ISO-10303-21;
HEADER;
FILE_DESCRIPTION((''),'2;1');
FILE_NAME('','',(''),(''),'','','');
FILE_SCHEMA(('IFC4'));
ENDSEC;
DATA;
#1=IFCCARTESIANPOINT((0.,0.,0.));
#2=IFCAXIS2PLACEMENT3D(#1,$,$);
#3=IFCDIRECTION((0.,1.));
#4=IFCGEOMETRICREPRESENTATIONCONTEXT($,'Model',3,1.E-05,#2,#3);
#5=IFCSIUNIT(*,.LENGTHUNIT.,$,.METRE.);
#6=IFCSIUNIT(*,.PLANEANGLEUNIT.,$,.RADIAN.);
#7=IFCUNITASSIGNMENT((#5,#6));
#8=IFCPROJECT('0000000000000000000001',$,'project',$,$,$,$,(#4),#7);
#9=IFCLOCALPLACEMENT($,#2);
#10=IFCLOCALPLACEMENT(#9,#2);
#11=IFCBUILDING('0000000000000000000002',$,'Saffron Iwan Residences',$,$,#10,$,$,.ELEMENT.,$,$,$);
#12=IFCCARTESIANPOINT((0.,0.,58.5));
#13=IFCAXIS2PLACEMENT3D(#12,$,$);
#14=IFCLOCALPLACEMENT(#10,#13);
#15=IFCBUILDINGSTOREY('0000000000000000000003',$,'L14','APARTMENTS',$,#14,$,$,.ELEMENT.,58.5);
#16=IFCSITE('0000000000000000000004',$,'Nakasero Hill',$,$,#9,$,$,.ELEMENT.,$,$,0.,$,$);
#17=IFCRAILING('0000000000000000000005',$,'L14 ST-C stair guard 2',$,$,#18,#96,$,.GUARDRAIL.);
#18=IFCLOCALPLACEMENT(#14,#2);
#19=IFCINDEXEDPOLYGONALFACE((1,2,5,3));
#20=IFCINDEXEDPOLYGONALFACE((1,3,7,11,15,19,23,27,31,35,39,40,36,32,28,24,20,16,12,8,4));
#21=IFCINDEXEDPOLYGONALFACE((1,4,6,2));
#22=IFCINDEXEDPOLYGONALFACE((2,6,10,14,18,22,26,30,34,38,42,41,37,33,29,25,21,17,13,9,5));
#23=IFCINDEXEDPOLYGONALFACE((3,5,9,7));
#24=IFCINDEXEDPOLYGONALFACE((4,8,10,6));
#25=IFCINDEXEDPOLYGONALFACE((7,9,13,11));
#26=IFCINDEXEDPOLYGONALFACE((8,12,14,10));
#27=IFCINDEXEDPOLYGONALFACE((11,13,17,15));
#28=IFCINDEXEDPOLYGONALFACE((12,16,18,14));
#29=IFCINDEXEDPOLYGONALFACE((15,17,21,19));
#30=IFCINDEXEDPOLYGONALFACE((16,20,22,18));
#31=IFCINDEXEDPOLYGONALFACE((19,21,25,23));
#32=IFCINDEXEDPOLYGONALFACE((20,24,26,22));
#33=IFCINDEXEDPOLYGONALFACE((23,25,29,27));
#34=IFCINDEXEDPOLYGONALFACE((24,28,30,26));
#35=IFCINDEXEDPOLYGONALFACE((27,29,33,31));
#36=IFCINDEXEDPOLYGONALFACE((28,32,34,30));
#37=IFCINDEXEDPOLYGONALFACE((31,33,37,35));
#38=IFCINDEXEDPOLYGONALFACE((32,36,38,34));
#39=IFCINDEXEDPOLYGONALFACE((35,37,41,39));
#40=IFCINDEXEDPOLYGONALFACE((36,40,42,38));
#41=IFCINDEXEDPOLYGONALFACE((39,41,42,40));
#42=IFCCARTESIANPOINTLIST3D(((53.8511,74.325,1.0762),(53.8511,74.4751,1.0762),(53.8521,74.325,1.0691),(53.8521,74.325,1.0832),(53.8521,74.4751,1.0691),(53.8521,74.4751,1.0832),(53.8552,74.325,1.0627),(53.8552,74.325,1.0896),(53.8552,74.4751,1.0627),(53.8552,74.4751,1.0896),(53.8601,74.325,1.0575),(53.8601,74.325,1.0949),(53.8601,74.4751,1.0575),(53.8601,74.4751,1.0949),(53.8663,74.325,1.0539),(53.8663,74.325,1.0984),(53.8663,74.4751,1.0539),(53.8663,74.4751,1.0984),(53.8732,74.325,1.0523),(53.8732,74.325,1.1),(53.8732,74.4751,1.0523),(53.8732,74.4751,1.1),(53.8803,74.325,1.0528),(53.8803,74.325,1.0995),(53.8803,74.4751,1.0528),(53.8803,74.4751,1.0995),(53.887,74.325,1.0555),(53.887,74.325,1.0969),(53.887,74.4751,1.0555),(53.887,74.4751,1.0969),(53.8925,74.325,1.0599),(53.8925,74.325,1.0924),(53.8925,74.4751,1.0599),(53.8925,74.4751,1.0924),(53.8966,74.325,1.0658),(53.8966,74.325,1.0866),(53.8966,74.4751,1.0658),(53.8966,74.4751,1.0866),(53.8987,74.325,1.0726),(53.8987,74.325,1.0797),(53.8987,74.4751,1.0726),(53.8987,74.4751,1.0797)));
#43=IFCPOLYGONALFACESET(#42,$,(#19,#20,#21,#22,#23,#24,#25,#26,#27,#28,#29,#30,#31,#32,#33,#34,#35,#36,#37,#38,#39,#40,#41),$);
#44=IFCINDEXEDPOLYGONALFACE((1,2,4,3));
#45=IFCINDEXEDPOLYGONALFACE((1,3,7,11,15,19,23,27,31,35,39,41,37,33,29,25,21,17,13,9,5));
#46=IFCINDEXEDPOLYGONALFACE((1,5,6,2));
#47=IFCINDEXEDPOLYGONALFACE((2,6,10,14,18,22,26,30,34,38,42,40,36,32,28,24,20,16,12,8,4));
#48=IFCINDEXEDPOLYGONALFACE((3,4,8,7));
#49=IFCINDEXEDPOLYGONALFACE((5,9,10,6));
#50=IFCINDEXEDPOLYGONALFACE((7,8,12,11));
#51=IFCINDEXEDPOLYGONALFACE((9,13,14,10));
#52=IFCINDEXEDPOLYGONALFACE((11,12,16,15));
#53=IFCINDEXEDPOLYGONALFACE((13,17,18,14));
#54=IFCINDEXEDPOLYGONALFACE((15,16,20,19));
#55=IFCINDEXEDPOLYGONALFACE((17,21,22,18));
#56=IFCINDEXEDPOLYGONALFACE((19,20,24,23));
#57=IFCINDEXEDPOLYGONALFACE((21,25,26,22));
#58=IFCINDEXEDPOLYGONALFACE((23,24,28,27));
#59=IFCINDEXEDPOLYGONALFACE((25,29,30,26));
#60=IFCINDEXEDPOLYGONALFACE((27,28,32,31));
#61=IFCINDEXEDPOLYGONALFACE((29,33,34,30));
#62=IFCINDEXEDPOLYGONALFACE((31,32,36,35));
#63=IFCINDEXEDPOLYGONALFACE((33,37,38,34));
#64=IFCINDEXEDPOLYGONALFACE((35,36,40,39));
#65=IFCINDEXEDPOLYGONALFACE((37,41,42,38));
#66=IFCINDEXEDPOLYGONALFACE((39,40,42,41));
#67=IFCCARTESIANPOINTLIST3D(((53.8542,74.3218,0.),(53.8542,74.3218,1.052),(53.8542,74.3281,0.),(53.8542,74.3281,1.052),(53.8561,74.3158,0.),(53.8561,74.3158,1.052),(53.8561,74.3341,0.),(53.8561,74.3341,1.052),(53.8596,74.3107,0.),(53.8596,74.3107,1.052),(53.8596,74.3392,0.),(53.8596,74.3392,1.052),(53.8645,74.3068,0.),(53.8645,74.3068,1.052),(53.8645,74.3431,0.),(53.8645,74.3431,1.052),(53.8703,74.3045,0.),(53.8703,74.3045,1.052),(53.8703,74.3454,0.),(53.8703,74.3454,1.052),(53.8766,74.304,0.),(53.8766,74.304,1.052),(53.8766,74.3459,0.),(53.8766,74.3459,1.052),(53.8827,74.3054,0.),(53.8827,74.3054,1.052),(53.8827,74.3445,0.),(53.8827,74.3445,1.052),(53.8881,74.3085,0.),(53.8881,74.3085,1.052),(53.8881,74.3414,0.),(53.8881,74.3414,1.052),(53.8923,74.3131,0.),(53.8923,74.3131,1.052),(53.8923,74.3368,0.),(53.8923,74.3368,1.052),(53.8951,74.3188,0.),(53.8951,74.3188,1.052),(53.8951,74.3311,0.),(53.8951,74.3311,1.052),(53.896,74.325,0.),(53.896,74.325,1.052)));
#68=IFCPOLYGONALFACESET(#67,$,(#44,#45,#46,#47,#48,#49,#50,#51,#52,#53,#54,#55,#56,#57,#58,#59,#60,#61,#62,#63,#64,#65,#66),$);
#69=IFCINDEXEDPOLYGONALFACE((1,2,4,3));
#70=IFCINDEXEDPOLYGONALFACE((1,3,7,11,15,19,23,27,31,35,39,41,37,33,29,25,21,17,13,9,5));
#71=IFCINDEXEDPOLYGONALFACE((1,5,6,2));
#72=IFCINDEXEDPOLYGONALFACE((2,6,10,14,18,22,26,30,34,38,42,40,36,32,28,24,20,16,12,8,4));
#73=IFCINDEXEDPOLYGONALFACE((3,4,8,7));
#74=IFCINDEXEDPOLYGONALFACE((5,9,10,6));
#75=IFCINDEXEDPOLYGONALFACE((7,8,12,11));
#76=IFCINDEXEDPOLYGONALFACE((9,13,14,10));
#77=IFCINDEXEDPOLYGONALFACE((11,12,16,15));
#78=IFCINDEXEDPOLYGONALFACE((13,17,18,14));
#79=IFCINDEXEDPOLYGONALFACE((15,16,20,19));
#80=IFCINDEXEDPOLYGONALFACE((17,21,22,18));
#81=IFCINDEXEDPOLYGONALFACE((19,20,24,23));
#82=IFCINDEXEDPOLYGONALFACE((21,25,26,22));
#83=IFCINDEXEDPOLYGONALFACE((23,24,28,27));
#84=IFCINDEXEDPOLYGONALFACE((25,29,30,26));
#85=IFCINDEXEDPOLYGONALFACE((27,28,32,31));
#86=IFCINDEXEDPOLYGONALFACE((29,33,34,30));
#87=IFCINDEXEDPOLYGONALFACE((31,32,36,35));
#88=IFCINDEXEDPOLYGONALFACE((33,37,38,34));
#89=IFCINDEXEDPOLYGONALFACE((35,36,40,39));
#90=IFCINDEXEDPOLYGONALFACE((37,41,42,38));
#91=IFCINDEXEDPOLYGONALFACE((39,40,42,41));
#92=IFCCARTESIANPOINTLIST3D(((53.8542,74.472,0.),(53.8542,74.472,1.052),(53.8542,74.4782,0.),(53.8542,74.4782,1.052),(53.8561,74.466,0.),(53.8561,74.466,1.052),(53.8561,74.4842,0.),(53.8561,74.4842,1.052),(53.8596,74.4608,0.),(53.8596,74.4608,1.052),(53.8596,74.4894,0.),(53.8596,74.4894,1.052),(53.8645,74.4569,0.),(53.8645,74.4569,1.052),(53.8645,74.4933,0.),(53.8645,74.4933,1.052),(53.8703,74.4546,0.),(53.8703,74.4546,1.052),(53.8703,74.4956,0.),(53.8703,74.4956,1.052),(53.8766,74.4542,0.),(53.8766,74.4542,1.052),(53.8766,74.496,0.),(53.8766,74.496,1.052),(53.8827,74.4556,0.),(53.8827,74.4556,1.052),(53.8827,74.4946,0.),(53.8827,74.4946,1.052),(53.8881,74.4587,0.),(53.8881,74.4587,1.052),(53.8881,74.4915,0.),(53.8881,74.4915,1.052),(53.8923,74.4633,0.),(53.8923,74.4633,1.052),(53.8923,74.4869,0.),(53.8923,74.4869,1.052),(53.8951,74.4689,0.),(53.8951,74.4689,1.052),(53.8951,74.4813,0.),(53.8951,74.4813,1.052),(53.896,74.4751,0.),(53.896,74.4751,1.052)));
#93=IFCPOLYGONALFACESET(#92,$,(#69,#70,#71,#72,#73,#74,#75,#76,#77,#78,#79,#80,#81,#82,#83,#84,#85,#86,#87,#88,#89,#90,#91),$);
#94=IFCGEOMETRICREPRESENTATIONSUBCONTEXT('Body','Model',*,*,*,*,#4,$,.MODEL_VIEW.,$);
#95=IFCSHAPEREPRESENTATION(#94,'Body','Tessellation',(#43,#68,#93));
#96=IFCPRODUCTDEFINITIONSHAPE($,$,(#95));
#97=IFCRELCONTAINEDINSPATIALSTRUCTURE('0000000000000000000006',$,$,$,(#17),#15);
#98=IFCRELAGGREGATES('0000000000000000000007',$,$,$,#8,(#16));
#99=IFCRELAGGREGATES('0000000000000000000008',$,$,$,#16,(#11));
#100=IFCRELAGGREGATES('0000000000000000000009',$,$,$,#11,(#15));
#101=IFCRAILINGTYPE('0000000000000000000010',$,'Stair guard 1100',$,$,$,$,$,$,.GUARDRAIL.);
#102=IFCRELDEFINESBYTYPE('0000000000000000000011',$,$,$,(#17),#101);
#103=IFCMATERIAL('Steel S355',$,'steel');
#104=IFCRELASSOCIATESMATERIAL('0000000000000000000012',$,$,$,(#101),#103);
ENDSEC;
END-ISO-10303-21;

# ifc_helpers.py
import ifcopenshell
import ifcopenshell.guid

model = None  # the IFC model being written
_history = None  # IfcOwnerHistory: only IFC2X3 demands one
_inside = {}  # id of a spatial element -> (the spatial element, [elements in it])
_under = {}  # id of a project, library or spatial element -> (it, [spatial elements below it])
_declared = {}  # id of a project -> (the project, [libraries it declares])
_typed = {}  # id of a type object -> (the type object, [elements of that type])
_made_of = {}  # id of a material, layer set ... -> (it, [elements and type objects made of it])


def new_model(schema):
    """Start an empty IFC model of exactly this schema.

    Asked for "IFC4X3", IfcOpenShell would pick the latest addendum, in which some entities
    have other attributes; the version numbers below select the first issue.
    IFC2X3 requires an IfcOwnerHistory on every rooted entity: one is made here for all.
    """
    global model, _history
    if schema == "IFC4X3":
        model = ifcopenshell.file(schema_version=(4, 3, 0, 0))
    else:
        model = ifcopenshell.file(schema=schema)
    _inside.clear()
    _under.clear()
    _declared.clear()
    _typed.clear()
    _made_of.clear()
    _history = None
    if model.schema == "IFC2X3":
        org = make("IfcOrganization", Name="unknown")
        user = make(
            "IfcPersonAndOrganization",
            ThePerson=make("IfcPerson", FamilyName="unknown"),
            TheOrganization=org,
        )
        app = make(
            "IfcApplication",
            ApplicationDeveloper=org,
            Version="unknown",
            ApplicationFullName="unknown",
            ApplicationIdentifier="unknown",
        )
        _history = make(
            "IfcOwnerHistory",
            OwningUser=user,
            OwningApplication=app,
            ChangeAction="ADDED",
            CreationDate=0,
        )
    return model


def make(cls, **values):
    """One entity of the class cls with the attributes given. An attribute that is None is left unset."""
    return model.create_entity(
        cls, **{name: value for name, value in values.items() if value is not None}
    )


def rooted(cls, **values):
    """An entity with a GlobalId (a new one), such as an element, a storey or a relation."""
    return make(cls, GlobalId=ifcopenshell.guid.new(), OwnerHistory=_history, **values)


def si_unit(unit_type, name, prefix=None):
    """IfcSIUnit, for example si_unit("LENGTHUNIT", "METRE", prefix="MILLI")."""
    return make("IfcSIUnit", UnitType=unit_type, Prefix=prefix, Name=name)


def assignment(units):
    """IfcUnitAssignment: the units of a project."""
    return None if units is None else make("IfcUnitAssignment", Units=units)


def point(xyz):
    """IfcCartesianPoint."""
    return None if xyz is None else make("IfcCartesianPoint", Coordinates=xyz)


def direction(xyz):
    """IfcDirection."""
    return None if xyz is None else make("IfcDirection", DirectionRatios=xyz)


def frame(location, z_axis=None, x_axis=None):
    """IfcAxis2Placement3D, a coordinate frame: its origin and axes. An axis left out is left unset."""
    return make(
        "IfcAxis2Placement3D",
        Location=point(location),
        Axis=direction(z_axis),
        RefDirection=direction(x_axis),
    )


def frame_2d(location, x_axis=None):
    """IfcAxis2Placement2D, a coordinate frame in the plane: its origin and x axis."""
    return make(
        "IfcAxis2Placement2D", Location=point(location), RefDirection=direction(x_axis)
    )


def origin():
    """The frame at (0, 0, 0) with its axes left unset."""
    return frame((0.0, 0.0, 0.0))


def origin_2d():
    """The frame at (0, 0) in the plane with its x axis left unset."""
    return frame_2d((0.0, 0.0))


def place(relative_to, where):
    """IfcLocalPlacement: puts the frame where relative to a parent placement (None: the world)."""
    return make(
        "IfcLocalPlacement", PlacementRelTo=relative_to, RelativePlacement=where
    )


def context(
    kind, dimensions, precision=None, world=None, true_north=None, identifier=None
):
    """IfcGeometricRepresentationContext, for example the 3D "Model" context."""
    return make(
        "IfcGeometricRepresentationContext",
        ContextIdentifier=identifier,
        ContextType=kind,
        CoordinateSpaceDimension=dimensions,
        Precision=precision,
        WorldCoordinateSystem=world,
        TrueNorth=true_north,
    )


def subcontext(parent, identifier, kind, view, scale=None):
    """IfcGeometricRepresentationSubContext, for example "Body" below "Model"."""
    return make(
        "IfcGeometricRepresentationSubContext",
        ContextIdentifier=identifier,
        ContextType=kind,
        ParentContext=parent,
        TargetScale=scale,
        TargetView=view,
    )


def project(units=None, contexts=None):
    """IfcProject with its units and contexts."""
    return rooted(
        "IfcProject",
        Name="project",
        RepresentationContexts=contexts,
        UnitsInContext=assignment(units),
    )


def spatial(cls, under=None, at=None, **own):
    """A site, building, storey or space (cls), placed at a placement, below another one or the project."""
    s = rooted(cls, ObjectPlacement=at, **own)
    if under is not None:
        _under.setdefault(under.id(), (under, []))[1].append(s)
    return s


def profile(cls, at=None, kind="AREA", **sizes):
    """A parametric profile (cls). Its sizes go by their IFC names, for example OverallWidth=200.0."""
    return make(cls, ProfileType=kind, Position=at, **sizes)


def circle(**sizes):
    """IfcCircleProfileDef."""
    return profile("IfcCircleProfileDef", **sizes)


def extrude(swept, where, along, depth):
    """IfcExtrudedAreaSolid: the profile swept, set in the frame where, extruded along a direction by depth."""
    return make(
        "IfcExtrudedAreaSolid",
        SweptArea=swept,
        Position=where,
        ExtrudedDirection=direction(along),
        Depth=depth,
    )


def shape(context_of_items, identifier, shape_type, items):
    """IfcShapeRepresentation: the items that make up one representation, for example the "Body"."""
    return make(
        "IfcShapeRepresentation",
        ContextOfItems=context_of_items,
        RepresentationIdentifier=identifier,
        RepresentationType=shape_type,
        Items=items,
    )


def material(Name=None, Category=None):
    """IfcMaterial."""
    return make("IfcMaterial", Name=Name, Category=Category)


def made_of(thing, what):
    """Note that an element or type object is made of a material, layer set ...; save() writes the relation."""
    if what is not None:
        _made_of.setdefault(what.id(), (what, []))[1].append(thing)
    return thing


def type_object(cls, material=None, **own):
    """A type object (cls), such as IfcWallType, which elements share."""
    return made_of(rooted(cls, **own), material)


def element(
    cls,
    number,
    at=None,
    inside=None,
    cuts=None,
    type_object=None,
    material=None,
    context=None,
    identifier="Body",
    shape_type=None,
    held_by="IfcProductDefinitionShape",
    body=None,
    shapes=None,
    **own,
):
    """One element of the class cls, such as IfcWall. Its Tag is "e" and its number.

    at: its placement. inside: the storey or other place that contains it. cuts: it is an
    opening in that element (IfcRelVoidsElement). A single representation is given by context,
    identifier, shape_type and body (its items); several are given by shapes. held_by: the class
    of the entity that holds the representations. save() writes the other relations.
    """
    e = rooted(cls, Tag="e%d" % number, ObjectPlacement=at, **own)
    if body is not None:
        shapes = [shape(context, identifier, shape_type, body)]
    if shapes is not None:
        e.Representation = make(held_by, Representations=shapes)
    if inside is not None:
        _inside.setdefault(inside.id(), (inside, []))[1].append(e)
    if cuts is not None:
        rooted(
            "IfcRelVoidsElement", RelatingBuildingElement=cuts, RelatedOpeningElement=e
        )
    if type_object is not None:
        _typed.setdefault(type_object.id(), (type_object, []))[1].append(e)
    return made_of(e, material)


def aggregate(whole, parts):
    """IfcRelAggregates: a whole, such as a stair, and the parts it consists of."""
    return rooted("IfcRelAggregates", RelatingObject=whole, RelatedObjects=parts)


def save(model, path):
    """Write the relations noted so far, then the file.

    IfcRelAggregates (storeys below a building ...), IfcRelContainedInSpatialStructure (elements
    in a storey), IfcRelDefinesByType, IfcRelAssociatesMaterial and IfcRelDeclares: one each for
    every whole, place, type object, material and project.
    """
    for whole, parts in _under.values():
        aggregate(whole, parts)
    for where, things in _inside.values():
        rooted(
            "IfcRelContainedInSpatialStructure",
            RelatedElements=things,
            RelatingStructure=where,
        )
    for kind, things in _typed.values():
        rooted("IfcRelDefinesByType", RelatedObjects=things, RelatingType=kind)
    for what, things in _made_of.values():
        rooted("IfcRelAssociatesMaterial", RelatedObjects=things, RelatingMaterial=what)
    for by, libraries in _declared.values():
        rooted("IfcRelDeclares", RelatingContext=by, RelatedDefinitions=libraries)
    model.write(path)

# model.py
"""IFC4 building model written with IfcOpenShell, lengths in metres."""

from ifc_helpers import new_model, si_unit, direction, frame, origin, origin_2d, place, context, subcontext, project, spatial, circle, extrude, material, type_object, element, save


model = new_model("IFC4")

# Units and contexts
model_context = context("Model", 3, precision=1e-05, world=origin(), true_north=direction((0.0, 1.0)))
body_context = subcontext(model_context, "Body", "Model", "MODEL_VIEW")
ifc_project = project(units=[si_unit("LENGTHUNIT", "METRE"), si_unit("PLANEANGLEUNIT", "RADIAN")], contexts=[model_context])

# Site, building, storey
site_placement = place(None, origin())
site = spatial("IfcSite", under=ifc_project, at=site_placement, Name="Nakasero Hill", CompositionType="ELEMENT", RefElevation=0.0)
building_placement = place(site_placement, origin())
building = spatial("IfcBuilding", under=site, at=building_placement, Name="Saffron Iwan Residences", CompositionType="ELEMENT")
storey_placement = place(building_placement, frame((0.0, 0.0, 58.5)))
storey = spatial("IfcBuildingStorey", under=building, at=storey_placement, Name="L14", Description="APARTMENTS", CompositionType="ELEMENT", Elevation=58.5)

# Railing
ifc_material_1 = material(Name="Steel S355", Category="steel")
railing_type_1 = type_object("IfcRailingType", Name="Stair guard 1100", PredefinedType="GUARDRAIL", material=ifc_material_1)
railing_1_placement = place(storey_placement, frame((53.875, 74.325, 0.0)))
element("IfcRailing", 1, at=railing_1_placement, inside=storey, type_object=railing_type_1, Name="L14 ST-C stair guard 2", PredefinedType="GUARDRAIL", context=body_context, shape_type="SweptSolid", body=[
    extrude(circle(Radius=0.0239, at=origin_2d()), frame((0.0, 0.0, 1.0762), z_axis=(0.0, 1.0, 0.0), x_axis=(-1.0, 0.0, 0.0)), (0.0, 0.0, 1.0), 0.1501),
    extrude(circle(Radius=0.021, at=origin_2d()), origin(), (0.0, 0.0, 1.0), 1.052),
    extrude(circle(Radius=0.021, at=origin_2d()), frame((0.0, 0.1501, 0.0)), (0.0, 0.0, 1.0), 1.052),
])

save(model, "model.ifc")
